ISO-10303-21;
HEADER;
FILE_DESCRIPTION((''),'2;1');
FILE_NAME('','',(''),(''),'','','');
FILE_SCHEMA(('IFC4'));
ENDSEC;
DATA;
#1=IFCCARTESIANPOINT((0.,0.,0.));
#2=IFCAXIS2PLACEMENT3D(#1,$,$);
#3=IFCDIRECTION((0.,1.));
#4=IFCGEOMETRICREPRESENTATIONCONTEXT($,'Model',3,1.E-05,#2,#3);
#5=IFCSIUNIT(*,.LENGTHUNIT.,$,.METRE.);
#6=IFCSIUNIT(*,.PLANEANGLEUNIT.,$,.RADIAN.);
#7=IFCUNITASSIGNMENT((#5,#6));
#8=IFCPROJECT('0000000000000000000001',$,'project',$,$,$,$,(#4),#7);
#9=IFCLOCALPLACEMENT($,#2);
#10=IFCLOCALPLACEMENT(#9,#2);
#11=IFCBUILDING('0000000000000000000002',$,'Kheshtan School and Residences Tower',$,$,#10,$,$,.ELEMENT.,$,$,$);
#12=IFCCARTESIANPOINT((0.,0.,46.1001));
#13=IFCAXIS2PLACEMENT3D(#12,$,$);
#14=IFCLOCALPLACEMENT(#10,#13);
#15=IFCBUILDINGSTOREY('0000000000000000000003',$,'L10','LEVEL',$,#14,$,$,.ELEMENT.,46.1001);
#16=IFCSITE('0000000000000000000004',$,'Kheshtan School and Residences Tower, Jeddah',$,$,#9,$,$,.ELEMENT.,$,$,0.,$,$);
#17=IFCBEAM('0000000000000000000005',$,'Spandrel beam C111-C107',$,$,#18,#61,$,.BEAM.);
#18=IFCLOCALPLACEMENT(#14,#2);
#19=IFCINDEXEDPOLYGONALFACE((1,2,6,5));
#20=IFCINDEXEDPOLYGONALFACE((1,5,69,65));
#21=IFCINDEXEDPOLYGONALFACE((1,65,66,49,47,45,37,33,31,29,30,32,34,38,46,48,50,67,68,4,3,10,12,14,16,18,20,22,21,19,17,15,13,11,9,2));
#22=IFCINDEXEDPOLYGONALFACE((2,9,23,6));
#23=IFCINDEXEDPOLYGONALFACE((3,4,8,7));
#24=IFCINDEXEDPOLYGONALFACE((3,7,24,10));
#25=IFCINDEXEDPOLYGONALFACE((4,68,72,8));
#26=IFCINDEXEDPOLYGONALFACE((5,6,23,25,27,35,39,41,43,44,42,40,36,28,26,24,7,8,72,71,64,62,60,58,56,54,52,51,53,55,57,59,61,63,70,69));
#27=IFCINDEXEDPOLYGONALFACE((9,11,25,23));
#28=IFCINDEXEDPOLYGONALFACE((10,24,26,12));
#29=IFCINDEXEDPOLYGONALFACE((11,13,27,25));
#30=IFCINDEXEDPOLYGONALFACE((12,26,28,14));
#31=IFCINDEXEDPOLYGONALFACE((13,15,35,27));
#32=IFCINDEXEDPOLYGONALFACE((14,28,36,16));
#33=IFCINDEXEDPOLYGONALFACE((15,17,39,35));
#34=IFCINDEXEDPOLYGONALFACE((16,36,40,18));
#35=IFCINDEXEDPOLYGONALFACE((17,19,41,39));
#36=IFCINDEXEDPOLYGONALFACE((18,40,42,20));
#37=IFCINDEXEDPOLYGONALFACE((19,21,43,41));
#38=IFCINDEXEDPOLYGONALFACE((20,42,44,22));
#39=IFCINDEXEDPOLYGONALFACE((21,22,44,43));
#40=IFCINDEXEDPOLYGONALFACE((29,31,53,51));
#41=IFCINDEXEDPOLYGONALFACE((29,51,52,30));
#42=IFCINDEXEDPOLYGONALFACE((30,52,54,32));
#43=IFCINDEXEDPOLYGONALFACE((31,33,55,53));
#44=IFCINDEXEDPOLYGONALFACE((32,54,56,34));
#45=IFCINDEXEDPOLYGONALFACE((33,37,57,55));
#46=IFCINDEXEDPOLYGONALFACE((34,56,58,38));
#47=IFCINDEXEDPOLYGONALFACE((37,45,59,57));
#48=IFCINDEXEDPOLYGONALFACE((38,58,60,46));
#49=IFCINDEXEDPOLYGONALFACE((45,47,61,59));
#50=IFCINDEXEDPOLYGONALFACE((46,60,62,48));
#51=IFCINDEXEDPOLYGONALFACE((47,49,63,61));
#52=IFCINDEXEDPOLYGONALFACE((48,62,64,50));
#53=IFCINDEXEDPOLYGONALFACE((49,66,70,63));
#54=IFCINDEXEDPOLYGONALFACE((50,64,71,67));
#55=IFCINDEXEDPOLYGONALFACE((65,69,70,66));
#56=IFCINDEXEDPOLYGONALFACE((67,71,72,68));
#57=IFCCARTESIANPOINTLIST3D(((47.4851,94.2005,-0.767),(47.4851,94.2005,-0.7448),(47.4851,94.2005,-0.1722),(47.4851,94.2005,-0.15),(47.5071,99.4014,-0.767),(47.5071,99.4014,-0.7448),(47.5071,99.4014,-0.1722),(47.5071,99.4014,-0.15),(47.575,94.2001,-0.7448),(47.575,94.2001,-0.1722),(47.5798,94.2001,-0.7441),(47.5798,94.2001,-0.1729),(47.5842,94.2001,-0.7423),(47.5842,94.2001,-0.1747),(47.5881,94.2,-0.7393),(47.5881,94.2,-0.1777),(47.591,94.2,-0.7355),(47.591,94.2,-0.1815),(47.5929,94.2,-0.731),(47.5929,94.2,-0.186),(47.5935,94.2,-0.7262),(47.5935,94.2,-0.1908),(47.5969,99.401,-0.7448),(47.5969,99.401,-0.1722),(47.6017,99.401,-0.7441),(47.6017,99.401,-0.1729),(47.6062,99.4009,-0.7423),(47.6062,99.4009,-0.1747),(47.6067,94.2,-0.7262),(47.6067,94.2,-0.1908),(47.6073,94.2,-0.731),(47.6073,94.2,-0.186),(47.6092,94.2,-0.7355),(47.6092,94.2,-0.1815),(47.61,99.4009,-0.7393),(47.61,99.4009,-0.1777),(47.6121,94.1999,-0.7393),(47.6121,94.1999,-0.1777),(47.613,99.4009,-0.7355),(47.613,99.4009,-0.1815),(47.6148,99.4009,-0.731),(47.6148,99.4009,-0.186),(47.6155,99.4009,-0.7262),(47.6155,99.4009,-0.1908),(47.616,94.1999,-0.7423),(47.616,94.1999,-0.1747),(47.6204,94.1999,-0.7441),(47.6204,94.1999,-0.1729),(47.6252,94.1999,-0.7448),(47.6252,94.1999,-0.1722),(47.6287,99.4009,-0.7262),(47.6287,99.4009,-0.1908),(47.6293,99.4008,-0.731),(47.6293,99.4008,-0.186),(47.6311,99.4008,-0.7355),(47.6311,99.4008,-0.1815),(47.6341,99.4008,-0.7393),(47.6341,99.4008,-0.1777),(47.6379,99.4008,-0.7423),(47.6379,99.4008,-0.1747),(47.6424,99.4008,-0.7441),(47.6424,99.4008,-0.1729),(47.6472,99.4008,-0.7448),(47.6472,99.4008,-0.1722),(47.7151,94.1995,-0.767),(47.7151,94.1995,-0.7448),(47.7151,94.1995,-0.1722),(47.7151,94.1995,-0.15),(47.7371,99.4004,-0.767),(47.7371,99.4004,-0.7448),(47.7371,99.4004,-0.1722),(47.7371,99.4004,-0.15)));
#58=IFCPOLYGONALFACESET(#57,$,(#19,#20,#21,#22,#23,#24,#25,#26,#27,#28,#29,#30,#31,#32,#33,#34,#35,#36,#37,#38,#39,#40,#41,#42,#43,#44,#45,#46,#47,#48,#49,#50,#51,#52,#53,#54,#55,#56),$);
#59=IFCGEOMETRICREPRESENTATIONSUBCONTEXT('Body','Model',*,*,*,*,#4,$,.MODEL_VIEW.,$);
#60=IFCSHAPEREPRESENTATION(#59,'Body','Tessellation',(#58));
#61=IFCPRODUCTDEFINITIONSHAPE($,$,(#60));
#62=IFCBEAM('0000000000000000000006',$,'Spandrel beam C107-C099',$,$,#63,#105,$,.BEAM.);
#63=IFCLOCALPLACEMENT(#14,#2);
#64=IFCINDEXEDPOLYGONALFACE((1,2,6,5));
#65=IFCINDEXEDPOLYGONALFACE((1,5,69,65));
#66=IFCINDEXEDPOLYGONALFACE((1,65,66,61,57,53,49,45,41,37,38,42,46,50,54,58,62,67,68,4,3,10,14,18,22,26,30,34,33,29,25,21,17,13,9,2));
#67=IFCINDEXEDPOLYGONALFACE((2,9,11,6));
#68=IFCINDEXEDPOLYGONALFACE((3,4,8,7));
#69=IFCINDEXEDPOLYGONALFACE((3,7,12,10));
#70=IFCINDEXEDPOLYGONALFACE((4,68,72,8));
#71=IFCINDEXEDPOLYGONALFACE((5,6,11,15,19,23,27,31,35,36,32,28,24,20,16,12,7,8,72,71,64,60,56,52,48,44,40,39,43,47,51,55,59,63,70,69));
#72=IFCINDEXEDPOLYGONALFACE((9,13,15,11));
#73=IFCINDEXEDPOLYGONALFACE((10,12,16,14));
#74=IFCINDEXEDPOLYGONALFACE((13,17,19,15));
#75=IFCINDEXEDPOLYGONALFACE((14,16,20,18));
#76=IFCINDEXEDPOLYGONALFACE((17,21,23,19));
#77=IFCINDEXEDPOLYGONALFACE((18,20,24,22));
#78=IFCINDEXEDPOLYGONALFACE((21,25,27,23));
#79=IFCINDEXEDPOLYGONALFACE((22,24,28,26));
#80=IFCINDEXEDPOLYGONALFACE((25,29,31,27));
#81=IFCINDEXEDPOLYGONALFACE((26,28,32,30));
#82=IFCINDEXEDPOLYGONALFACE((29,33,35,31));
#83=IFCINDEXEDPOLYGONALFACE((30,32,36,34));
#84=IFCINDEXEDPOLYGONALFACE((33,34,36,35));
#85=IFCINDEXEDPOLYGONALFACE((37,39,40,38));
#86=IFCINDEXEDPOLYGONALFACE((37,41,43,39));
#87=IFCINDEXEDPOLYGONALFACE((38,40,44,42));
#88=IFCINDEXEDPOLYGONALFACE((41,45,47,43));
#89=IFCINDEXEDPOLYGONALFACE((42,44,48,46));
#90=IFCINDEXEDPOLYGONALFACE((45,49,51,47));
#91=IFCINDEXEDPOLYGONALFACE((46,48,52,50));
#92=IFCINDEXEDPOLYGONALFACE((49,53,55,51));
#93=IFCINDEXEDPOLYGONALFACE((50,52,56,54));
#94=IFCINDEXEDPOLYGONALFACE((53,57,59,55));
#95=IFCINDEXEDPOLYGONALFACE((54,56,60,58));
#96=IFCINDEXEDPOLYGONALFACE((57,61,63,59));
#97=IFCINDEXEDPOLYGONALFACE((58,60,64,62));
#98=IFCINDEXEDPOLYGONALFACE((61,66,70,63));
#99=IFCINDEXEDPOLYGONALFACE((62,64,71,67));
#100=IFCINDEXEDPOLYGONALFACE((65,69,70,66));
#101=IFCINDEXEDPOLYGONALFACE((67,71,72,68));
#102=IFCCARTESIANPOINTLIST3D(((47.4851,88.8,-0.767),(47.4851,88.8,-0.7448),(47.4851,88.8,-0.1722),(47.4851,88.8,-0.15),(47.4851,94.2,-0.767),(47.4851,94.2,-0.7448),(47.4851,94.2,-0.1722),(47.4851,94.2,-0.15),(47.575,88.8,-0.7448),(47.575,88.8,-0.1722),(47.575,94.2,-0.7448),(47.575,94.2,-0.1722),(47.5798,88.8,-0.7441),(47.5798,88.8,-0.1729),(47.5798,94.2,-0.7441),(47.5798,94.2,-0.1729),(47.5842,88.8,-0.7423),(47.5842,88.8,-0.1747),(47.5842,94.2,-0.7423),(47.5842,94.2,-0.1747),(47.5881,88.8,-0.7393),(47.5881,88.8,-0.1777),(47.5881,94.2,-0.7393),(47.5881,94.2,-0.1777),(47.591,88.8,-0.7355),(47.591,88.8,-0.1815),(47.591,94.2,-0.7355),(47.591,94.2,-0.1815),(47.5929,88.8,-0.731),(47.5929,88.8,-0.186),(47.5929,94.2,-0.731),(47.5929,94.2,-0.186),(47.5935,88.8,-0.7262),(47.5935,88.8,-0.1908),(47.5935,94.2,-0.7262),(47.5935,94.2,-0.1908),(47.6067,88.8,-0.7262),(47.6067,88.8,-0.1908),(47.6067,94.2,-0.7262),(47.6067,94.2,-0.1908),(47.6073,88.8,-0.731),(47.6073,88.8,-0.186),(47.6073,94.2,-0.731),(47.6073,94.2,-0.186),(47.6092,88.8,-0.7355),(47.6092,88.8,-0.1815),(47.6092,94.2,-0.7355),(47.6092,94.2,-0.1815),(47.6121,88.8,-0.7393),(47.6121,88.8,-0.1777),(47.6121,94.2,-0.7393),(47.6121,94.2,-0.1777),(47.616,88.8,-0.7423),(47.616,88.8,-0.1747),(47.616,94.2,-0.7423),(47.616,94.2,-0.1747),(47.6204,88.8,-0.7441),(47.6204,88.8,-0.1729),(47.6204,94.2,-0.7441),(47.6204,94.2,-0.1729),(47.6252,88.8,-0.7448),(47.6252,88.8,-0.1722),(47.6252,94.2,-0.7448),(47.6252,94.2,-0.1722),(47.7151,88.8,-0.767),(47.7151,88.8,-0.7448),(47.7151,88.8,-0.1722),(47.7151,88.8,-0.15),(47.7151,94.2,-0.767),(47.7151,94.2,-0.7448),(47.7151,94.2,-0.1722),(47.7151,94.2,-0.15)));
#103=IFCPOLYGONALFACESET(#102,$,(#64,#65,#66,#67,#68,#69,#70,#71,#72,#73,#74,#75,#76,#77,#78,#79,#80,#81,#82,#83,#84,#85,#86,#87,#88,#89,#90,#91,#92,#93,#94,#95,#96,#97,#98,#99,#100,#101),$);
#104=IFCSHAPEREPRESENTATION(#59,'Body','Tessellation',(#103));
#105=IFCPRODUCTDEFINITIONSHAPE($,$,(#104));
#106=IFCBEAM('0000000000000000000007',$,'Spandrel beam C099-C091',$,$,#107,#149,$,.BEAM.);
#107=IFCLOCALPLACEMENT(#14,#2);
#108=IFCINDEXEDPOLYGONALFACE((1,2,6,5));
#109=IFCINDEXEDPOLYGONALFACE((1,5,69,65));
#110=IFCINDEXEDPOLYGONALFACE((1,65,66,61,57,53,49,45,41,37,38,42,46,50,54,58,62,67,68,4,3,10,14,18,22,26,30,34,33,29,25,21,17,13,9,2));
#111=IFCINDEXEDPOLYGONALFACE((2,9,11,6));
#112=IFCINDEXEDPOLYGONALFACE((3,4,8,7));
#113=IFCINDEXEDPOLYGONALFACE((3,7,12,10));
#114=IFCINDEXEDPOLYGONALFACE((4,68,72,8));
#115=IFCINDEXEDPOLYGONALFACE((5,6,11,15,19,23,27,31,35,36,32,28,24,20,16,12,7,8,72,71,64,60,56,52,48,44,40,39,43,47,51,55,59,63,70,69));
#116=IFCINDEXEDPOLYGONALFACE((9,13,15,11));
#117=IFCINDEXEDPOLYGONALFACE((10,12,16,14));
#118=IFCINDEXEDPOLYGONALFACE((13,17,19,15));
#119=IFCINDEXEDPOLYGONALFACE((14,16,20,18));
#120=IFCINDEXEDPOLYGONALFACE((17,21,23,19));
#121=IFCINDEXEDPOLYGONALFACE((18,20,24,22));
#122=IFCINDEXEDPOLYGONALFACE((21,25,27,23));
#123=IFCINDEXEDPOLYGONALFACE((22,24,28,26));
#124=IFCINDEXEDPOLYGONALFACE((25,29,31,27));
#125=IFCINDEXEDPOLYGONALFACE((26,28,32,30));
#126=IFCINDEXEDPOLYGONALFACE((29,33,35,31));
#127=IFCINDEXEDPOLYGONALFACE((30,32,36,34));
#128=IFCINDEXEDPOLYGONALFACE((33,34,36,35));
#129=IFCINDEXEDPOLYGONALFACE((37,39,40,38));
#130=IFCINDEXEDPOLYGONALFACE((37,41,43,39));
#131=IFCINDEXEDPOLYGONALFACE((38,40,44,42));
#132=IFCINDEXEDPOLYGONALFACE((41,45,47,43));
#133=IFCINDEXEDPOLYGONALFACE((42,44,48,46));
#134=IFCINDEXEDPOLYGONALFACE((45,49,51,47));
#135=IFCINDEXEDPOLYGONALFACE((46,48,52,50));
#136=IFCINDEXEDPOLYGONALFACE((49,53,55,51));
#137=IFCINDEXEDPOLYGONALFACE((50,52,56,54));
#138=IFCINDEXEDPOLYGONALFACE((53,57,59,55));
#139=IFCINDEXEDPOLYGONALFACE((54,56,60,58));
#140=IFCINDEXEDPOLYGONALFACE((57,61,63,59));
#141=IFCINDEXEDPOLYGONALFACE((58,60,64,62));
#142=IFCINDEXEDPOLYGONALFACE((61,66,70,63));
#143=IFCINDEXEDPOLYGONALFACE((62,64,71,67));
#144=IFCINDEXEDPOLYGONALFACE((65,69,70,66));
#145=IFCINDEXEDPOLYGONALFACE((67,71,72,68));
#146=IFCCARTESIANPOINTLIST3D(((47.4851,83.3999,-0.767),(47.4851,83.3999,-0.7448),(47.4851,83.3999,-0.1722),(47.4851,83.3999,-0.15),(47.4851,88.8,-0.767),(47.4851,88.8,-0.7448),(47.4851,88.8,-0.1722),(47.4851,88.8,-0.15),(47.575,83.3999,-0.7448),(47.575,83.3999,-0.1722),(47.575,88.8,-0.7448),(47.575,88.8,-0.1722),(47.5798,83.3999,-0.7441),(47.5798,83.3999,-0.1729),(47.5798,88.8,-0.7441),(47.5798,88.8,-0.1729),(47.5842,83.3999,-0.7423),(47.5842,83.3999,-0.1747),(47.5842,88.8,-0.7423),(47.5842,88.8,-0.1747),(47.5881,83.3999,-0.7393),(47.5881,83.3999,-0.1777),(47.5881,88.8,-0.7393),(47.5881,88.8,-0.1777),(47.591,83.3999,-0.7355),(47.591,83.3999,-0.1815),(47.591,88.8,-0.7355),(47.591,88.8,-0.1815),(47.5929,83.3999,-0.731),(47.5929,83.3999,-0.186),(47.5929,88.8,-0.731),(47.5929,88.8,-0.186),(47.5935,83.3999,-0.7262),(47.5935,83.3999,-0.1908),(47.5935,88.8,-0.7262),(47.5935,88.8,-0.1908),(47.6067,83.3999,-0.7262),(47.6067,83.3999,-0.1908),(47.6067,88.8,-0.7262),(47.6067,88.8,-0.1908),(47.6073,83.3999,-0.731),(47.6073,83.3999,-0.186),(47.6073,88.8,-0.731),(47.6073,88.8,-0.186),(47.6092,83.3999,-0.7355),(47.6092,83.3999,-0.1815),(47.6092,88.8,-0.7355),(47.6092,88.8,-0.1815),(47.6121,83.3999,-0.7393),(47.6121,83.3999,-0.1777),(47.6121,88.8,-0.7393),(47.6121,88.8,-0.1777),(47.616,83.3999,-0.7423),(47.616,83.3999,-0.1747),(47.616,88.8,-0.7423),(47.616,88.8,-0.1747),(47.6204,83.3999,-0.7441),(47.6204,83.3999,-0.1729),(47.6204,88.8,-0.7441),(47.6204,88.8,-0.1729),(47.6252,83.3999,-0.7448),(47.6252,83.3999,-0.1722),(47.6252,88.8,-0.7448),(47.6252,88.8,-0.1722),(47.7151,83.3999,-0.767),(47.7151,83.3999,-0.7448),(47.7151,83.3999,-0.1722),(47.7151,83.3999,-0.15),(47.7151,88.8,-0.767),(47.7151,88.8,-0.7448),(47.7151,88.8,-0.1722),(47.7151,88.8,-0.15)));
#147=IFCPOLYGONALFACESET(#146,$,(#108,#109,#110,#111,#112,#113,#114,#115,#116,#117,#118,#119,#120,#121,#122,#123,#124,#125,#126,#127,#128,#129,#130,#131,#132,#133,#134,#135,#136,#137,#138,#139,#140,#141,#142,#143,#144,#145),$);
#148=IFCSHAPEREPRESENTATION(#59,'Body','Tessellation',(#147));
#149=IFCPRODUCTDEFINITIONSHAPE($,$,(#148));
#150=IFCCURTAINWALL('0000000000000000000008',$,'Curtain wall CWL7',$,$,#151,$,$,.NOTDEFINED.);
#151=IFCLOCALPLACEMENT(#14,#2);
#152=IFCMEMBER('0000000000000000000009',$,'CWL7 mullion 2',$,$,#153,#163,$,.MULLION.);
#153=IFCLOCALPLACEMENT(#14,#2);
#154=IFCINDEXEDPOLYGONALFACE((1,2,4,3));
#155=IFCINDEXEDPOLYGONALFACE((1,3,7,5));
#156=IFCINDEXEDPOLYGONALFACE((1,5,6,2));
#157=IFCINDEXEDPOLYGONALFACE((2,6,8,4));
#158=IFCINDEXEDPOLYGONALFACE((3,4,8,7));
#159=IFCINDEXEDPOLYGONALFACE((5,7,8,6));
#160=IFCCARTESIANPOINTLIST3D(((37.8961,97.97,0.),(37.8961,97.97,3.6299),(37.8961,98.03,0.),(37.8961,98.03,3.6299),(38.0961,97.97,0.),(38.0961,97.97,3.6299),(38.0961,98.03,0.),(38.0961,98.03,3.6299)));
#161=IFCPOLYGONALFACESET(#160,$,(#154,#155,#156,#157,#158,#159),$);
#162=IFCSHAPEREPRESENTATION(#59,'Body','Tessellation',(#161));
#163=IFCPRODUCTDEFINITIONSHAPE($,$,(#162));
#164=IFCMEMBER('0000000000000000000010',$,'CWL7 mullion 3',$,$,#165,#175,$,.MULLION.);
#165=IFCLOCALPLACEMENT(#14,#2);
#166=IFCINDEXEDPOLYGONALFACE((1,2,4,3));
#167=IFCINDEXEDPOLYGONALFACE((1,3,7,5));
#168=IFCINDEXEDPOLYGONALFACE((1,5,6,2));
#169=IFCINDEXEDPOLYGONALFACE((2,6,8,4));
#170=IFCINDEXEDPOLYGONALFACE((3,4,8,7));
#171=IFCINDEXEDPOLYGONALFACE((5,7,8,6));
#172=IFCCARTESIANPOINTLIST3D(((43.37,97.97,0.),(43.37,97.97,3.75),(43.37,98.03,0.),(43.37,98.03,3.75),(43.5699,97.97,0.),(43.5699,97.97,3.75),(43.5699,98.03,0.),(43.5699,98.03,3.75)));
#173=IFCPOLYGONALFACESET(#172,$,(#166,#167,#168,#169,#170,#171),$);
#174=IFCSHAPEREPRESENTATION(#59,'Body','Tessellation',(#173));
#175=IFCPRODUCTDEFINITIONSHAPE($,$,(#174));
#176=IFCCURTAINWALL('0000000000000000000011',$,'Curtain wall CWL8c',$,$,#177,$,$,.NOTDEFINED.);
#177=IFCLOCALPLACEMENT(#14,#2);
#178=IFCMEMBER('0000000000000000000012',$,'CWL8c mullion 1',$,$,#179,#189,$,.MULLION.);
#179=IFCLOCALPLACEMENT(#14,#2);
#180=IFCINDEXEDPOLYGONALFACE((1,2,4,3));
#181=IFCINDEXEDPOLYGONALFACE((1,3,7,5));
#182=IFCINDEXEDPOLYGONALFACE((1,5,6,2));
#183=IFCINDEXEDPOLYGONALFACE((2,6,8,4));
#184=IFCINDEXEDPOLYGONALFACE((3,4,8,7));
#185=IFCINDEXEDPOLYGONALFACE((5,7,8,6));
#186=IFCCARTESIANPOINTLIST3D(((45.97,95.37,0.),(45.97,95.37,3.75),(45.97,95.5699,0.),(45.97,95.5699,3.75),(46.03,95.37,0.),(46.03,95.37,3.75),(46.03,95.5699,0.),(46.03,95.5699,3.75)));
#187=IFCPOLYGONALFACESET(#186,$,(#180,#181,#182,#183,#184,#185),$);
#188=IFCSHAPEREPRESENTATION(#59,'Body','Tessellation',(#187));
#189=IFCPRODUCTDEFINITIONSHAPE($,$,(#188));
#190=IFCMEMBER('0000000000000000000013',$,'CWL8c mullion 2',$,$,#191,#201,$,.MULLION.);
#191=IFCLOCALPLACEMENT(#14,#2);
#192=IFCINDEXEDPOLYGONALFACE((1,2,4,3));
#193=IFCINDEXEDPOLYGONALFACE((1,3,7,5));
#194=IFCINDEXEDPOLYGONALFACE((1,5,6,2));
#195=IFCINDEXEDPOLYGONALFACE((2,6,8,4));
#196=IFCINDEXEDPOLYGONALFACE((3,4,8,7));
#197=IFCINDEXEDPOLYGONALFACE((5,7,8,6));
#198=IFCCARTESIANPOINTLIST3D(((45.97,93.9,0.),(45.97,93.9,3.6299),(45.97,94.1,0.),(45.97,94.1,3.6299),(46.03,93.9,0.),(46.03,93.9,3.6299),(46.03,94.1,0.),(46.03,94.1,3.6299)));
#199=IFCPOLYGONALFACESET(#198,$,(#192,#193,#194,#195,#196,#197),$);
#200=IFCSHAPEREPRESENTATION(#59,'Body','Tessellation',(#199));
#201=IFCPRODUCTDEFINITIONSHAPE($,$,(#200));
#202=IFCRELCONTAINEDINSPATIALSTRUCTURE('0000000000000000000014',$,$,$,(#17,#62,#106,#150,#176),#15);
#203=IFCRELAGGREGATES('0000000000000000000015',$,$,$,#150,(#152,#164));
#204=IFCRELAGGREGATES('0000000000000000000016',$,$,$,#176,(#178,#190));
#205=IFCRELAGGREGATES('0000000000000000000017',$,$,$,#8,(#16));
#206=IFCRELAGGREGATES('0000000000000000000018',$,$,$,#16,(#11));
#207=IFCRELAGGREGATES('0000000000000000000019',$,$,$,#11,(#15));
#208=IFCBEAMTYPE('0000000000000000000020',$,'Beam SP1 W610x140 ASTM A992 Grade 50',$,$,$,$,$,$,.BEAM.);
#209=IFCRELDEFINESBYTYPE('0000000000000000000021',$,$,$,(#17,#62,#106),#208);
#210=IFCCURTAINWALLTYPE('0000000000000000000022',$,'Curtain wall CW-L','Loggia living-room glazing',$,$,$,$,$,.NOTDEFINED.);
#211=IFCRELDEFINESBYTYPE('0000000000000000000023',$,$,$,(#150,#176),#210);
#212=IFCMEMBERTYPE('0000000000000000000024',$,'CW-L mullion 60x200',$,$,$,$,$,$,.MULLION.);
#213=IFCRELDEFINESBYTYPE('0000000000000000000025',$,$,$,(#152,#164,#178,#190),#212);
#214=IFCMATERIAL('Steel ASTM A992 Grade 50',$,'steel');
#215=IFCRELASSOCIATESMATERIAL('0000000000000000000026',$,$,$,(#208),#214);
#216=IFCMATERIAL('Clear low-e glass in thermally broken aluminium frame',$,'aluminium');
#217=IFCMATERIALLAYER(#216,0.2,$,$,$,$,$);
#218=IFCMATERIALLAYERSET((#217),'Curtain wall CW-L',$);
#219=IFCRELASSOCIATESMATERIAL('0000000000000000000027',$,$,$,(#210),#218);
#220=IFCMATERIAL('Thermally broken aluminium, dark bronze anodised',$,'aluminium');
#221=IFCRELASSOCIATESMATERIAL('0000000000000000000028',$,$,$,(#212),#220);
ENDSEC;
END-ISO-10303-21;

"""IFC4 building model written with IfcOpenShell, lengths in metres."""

from ifc_helpers import new_model, si_unit, direction, frame, origin, origin_2d, place, context, subcontext, project, spatial, rectangle, i_section, extrude, material, layer, layer_set, material_profile, profile_set, type_object, element, aggregate, save


model = new_model("IFC4")

# Units and contexts
model_context = context("Model", 3, precision=1e-05, world=origin(), true_north=direction((0.0, 1.0)))
body_context = subcontext(model_context, "Body", "Model", "MODEL_VIEW")
ifc_project = project(units=[si_unit("LENGTHUNIT", "METRE"), si_unit("PLANEANGLEUNIT", "RADIAN")], contexts=[model_context])

# Site, building, storey
site_placement = place(None, origin())
site = spatial("IfcSite", under=ifc_project, at=site_placement, Name="Kheshtan School and Residences Tower, Jeddah", CompositionType="ELEMENT", RefElevation=0.0)
building_placement = place(site_placement, origin())
building = spatial("IfcBuilding", under=site, at=building_placement, Name="Kheshtan School and Residences Tower", CompositionType="ELEMENT")
storey_placement = place(building_placement, frame((0.0, 0.0, 46.1001)))
storey = spatial("IfcBuildingStorey", under=building, at=storey_placement, Name="L10", Description="LEVEL", CompositionType="ELEMENT", Elevation=46.1001)

# Shared definitions
ifc_material_1 = material(Name="Steel ASTM A992 Grade 50", Category="steel")

# Beams
ifc_material_profile_1 = material_profile(ifc_material_1, i_section(OverallWidth=0.23, OverallDepth=0.6169, WebThickness=0.0132, FlangeThickness=0.0222, FilletRadius=0.0186, at=origin_2d()), Name="W610x140")
ifc_profile_set_1 = profile_set([ifc_material_profile_1], Name="Steel ASTM A992 Grade 50")
beam_type_1 = type_object("IfcBeamType", Name="Beam SP1 W610x140 ASTM A992 Grade 50", PredefinedType="BEAM", material=ifc_profile_set_1)
beam_1_placement = place(storey_placement, frame((47.6221, 99.4009, -0.4585), z_axis=(-0.004225, -0.999991, 0.0), x_axis=(0.999991, -0.004225, 0.0)))
element("IfcBeam", 1, at=beam_1_placement, inside=storey, type_object=beam_type_1, Name="Spandrel beam C111-C107", PredefinedType="BEAM", context=body_context, shape_type="SweptSolid", body=[
    extrude(i_section(OverallWidth=0.23, OverallDepth=0.6169, WebThickness=0.0132, FlangeThickness=0.0222, FilletRadius=0.0186, at=origin_2d()), origin(), (0.0, 0.0, 1.0), 5.2009),
])
beam_2_placement = place(storey_placement, frame((47.6001, 94.2, -0.4585), z_axis=(0.0, -1.0, 0.0), x_axis=(1.0, 0.0, 0.0)))
element("IfcBeam", 2, at=beam_2_placement, inside=storey, type_object=beam_type_1, Name="Spandrel beam C107-C099", PredefinedType="BEAM", context=body_context, shape_type="SweptSolid", body=[
    extrude(i_section(OverallWidth=0.23, OverallDepth=0.6169, WebThickness=0.0132, FlangeThickness=0.0222, FilletRadius=0.0186, at=origin_2d()), origin(), (0.0, 0.0, 1.0), 5.3999),
])
beam_3_placement = place(storey_placement, frame((47.6001, 88.8, -0.4585), z_axis=(0.0, -1.0, 0.0), x_axis=(1.0, 0.0, 0.0)))
element("IfcBeam", 3, at=beam_3_placement, inside=storey, type_object=beam_type_1, Name="Spandrel beam C099-C091", PredefinedType="BEAM", context=body_context, shape_type="SweptSolid", body=[
    extrude(i_section(OverallWidth=0.23, OverallDepth=0.6169, WebThickness=0.0132, FlangeThickness=0.0222, FilletRadius=0.0186, at=origin_2d()), origin(), (0.0, 0.0, 1.0), 5.4001),
])

# Curtain walls, members
ifc_material_2 = material(Name="Clear low-e glass in thermally broken aluminium frame", Category="aluminium")
ifc_layer_1 = layer(ifc_material_2, 0.2)
ifc_layer_set_1 = layer_set([ifc_layer_1], Name="Curtain wall CW-L")
curtain_wall_type = type_object("IfcCurtainWallType", Name="Curtain wall CW-L", Description="Loggia living-room glazing", PredefinedType="NOTDEFINED", material=ifc_layer_set_1)
curtain_wall_1_placement = place(storey_placement, origin())
curtain_wall_1 = element("IfcCurtainWall", 4, at=curtain_wall_1_placement, inside=storey, type_object=curtain_wall_type, Name="Curtain wall CWL7", PredefinedType="NOTDEFINED")
ifc_material_3 = material(Name="Thermally broken aluminium, dark bronze anodised", Category="aluminium")
ifc_material_profile_2 = material_profile(ifc_material_3, rectangle(XDim=0.0601, YDim=0.2, at=origin_2d()), Name="CW-L mullion 60x200")
ifc_profile_set_2 = profile_set([ifc_material_profile_2], Name="Thermally broken aluminium, dark bronze anodised")
member_type_1 = type_object("IfcMemberType", Name="CW-L mullion 60x200", PredefinedType="MULLION", material=ifc_profile_set_2)
member_1_placement = place(storey_placement, frame((37.9961, 98.0, 0.0), z_axis=(0.0, 0.0, 1.0), x_axis=(0.0, 1.0, 0.0)))
member_1 = element("IfcMember", 5, at=member_1_placement, type_object=member_type_1, Name="CWL7 mullion 2", PredefinedType="MULLION", context=body_context, shape_type="SweptSolid", body=[
    extrude(rectangle(XDim=0.0601, YDim=0.2, at=origin_2d()), origin(), (0.0, 0.0, 1.0), 3.6299),
])
member_2_placement = place(storey_placement, frame((43.47, 98.0, 0.0), z_axis=(0.0, 0.0, 1.0), x_axis=(0.0, 1.0, 0.0)))
member_2 = element("IfcMember", 6, at=member_2_placement, type_object=member_type_1, Name="CWL7 mullion 3", PredefinedType="MULLION", context=body_context, shape_type="SweptSolid", body=[
    extrude(rectangle(XDim=0.0601, YDim=0.2, at=origin_2d()), origin(), (0.0, 0.0, 1.0), 3.75),
])
curtain_wall_2_placement = place(storey_placement, origin())
curtain_wall_2 = element("IfcCurtainWall", 7, at=curtain_wall_2_placement, inside=storey, type_object=curtain_wall_type, Name="Curtain wall CWL8c", PredefinedType="NOTDEFINED")
member_3_placement = place(storey_placement, frame((46.0, 95.47, 0.0), z_axis=(0.0, 0.0, 1.0), x_axis=(1.0, 0.0, 0.0)))
member_3 = element("IfcMember", 8, at=member_3_placement, type_object=member_type_1, Name="CWL8c mullion 1", PredefinedType="MULLION", context=body_context, shape_type="SweptSolid", body=[
    extrude(rectangle(XDim=0.0601, YDim=0.2, at=origin_2d()), origin(), (0.0, 0.0, 1.0), 3.75),
])
member_4_placement = place(storey_placement, frame((46.0, 94.0, 0.0), z_axis=(0.0, 0.0, 1.0), x_axis=(1.0, 0.0, 0.0)))
member_4 = element("IfcMember", 9, at=member_4_placement, type_object=member_type_1, Name="CWL8c mullion 2", PredefinedType="MULLION", context=body_context, shape_type="SweptSolid", body=[
    extrude(rectangle(XDim=0.0601, YDim=0.2, at=origin_2d()), origin(), (0.0, 0.0, 1.0), 3.6299),
])

aggregate(curtain_wall_1, [member_1, member_2])
aggregate(curtain_wall_2, [member_3, member_4])

save(model, "model.ifc")
